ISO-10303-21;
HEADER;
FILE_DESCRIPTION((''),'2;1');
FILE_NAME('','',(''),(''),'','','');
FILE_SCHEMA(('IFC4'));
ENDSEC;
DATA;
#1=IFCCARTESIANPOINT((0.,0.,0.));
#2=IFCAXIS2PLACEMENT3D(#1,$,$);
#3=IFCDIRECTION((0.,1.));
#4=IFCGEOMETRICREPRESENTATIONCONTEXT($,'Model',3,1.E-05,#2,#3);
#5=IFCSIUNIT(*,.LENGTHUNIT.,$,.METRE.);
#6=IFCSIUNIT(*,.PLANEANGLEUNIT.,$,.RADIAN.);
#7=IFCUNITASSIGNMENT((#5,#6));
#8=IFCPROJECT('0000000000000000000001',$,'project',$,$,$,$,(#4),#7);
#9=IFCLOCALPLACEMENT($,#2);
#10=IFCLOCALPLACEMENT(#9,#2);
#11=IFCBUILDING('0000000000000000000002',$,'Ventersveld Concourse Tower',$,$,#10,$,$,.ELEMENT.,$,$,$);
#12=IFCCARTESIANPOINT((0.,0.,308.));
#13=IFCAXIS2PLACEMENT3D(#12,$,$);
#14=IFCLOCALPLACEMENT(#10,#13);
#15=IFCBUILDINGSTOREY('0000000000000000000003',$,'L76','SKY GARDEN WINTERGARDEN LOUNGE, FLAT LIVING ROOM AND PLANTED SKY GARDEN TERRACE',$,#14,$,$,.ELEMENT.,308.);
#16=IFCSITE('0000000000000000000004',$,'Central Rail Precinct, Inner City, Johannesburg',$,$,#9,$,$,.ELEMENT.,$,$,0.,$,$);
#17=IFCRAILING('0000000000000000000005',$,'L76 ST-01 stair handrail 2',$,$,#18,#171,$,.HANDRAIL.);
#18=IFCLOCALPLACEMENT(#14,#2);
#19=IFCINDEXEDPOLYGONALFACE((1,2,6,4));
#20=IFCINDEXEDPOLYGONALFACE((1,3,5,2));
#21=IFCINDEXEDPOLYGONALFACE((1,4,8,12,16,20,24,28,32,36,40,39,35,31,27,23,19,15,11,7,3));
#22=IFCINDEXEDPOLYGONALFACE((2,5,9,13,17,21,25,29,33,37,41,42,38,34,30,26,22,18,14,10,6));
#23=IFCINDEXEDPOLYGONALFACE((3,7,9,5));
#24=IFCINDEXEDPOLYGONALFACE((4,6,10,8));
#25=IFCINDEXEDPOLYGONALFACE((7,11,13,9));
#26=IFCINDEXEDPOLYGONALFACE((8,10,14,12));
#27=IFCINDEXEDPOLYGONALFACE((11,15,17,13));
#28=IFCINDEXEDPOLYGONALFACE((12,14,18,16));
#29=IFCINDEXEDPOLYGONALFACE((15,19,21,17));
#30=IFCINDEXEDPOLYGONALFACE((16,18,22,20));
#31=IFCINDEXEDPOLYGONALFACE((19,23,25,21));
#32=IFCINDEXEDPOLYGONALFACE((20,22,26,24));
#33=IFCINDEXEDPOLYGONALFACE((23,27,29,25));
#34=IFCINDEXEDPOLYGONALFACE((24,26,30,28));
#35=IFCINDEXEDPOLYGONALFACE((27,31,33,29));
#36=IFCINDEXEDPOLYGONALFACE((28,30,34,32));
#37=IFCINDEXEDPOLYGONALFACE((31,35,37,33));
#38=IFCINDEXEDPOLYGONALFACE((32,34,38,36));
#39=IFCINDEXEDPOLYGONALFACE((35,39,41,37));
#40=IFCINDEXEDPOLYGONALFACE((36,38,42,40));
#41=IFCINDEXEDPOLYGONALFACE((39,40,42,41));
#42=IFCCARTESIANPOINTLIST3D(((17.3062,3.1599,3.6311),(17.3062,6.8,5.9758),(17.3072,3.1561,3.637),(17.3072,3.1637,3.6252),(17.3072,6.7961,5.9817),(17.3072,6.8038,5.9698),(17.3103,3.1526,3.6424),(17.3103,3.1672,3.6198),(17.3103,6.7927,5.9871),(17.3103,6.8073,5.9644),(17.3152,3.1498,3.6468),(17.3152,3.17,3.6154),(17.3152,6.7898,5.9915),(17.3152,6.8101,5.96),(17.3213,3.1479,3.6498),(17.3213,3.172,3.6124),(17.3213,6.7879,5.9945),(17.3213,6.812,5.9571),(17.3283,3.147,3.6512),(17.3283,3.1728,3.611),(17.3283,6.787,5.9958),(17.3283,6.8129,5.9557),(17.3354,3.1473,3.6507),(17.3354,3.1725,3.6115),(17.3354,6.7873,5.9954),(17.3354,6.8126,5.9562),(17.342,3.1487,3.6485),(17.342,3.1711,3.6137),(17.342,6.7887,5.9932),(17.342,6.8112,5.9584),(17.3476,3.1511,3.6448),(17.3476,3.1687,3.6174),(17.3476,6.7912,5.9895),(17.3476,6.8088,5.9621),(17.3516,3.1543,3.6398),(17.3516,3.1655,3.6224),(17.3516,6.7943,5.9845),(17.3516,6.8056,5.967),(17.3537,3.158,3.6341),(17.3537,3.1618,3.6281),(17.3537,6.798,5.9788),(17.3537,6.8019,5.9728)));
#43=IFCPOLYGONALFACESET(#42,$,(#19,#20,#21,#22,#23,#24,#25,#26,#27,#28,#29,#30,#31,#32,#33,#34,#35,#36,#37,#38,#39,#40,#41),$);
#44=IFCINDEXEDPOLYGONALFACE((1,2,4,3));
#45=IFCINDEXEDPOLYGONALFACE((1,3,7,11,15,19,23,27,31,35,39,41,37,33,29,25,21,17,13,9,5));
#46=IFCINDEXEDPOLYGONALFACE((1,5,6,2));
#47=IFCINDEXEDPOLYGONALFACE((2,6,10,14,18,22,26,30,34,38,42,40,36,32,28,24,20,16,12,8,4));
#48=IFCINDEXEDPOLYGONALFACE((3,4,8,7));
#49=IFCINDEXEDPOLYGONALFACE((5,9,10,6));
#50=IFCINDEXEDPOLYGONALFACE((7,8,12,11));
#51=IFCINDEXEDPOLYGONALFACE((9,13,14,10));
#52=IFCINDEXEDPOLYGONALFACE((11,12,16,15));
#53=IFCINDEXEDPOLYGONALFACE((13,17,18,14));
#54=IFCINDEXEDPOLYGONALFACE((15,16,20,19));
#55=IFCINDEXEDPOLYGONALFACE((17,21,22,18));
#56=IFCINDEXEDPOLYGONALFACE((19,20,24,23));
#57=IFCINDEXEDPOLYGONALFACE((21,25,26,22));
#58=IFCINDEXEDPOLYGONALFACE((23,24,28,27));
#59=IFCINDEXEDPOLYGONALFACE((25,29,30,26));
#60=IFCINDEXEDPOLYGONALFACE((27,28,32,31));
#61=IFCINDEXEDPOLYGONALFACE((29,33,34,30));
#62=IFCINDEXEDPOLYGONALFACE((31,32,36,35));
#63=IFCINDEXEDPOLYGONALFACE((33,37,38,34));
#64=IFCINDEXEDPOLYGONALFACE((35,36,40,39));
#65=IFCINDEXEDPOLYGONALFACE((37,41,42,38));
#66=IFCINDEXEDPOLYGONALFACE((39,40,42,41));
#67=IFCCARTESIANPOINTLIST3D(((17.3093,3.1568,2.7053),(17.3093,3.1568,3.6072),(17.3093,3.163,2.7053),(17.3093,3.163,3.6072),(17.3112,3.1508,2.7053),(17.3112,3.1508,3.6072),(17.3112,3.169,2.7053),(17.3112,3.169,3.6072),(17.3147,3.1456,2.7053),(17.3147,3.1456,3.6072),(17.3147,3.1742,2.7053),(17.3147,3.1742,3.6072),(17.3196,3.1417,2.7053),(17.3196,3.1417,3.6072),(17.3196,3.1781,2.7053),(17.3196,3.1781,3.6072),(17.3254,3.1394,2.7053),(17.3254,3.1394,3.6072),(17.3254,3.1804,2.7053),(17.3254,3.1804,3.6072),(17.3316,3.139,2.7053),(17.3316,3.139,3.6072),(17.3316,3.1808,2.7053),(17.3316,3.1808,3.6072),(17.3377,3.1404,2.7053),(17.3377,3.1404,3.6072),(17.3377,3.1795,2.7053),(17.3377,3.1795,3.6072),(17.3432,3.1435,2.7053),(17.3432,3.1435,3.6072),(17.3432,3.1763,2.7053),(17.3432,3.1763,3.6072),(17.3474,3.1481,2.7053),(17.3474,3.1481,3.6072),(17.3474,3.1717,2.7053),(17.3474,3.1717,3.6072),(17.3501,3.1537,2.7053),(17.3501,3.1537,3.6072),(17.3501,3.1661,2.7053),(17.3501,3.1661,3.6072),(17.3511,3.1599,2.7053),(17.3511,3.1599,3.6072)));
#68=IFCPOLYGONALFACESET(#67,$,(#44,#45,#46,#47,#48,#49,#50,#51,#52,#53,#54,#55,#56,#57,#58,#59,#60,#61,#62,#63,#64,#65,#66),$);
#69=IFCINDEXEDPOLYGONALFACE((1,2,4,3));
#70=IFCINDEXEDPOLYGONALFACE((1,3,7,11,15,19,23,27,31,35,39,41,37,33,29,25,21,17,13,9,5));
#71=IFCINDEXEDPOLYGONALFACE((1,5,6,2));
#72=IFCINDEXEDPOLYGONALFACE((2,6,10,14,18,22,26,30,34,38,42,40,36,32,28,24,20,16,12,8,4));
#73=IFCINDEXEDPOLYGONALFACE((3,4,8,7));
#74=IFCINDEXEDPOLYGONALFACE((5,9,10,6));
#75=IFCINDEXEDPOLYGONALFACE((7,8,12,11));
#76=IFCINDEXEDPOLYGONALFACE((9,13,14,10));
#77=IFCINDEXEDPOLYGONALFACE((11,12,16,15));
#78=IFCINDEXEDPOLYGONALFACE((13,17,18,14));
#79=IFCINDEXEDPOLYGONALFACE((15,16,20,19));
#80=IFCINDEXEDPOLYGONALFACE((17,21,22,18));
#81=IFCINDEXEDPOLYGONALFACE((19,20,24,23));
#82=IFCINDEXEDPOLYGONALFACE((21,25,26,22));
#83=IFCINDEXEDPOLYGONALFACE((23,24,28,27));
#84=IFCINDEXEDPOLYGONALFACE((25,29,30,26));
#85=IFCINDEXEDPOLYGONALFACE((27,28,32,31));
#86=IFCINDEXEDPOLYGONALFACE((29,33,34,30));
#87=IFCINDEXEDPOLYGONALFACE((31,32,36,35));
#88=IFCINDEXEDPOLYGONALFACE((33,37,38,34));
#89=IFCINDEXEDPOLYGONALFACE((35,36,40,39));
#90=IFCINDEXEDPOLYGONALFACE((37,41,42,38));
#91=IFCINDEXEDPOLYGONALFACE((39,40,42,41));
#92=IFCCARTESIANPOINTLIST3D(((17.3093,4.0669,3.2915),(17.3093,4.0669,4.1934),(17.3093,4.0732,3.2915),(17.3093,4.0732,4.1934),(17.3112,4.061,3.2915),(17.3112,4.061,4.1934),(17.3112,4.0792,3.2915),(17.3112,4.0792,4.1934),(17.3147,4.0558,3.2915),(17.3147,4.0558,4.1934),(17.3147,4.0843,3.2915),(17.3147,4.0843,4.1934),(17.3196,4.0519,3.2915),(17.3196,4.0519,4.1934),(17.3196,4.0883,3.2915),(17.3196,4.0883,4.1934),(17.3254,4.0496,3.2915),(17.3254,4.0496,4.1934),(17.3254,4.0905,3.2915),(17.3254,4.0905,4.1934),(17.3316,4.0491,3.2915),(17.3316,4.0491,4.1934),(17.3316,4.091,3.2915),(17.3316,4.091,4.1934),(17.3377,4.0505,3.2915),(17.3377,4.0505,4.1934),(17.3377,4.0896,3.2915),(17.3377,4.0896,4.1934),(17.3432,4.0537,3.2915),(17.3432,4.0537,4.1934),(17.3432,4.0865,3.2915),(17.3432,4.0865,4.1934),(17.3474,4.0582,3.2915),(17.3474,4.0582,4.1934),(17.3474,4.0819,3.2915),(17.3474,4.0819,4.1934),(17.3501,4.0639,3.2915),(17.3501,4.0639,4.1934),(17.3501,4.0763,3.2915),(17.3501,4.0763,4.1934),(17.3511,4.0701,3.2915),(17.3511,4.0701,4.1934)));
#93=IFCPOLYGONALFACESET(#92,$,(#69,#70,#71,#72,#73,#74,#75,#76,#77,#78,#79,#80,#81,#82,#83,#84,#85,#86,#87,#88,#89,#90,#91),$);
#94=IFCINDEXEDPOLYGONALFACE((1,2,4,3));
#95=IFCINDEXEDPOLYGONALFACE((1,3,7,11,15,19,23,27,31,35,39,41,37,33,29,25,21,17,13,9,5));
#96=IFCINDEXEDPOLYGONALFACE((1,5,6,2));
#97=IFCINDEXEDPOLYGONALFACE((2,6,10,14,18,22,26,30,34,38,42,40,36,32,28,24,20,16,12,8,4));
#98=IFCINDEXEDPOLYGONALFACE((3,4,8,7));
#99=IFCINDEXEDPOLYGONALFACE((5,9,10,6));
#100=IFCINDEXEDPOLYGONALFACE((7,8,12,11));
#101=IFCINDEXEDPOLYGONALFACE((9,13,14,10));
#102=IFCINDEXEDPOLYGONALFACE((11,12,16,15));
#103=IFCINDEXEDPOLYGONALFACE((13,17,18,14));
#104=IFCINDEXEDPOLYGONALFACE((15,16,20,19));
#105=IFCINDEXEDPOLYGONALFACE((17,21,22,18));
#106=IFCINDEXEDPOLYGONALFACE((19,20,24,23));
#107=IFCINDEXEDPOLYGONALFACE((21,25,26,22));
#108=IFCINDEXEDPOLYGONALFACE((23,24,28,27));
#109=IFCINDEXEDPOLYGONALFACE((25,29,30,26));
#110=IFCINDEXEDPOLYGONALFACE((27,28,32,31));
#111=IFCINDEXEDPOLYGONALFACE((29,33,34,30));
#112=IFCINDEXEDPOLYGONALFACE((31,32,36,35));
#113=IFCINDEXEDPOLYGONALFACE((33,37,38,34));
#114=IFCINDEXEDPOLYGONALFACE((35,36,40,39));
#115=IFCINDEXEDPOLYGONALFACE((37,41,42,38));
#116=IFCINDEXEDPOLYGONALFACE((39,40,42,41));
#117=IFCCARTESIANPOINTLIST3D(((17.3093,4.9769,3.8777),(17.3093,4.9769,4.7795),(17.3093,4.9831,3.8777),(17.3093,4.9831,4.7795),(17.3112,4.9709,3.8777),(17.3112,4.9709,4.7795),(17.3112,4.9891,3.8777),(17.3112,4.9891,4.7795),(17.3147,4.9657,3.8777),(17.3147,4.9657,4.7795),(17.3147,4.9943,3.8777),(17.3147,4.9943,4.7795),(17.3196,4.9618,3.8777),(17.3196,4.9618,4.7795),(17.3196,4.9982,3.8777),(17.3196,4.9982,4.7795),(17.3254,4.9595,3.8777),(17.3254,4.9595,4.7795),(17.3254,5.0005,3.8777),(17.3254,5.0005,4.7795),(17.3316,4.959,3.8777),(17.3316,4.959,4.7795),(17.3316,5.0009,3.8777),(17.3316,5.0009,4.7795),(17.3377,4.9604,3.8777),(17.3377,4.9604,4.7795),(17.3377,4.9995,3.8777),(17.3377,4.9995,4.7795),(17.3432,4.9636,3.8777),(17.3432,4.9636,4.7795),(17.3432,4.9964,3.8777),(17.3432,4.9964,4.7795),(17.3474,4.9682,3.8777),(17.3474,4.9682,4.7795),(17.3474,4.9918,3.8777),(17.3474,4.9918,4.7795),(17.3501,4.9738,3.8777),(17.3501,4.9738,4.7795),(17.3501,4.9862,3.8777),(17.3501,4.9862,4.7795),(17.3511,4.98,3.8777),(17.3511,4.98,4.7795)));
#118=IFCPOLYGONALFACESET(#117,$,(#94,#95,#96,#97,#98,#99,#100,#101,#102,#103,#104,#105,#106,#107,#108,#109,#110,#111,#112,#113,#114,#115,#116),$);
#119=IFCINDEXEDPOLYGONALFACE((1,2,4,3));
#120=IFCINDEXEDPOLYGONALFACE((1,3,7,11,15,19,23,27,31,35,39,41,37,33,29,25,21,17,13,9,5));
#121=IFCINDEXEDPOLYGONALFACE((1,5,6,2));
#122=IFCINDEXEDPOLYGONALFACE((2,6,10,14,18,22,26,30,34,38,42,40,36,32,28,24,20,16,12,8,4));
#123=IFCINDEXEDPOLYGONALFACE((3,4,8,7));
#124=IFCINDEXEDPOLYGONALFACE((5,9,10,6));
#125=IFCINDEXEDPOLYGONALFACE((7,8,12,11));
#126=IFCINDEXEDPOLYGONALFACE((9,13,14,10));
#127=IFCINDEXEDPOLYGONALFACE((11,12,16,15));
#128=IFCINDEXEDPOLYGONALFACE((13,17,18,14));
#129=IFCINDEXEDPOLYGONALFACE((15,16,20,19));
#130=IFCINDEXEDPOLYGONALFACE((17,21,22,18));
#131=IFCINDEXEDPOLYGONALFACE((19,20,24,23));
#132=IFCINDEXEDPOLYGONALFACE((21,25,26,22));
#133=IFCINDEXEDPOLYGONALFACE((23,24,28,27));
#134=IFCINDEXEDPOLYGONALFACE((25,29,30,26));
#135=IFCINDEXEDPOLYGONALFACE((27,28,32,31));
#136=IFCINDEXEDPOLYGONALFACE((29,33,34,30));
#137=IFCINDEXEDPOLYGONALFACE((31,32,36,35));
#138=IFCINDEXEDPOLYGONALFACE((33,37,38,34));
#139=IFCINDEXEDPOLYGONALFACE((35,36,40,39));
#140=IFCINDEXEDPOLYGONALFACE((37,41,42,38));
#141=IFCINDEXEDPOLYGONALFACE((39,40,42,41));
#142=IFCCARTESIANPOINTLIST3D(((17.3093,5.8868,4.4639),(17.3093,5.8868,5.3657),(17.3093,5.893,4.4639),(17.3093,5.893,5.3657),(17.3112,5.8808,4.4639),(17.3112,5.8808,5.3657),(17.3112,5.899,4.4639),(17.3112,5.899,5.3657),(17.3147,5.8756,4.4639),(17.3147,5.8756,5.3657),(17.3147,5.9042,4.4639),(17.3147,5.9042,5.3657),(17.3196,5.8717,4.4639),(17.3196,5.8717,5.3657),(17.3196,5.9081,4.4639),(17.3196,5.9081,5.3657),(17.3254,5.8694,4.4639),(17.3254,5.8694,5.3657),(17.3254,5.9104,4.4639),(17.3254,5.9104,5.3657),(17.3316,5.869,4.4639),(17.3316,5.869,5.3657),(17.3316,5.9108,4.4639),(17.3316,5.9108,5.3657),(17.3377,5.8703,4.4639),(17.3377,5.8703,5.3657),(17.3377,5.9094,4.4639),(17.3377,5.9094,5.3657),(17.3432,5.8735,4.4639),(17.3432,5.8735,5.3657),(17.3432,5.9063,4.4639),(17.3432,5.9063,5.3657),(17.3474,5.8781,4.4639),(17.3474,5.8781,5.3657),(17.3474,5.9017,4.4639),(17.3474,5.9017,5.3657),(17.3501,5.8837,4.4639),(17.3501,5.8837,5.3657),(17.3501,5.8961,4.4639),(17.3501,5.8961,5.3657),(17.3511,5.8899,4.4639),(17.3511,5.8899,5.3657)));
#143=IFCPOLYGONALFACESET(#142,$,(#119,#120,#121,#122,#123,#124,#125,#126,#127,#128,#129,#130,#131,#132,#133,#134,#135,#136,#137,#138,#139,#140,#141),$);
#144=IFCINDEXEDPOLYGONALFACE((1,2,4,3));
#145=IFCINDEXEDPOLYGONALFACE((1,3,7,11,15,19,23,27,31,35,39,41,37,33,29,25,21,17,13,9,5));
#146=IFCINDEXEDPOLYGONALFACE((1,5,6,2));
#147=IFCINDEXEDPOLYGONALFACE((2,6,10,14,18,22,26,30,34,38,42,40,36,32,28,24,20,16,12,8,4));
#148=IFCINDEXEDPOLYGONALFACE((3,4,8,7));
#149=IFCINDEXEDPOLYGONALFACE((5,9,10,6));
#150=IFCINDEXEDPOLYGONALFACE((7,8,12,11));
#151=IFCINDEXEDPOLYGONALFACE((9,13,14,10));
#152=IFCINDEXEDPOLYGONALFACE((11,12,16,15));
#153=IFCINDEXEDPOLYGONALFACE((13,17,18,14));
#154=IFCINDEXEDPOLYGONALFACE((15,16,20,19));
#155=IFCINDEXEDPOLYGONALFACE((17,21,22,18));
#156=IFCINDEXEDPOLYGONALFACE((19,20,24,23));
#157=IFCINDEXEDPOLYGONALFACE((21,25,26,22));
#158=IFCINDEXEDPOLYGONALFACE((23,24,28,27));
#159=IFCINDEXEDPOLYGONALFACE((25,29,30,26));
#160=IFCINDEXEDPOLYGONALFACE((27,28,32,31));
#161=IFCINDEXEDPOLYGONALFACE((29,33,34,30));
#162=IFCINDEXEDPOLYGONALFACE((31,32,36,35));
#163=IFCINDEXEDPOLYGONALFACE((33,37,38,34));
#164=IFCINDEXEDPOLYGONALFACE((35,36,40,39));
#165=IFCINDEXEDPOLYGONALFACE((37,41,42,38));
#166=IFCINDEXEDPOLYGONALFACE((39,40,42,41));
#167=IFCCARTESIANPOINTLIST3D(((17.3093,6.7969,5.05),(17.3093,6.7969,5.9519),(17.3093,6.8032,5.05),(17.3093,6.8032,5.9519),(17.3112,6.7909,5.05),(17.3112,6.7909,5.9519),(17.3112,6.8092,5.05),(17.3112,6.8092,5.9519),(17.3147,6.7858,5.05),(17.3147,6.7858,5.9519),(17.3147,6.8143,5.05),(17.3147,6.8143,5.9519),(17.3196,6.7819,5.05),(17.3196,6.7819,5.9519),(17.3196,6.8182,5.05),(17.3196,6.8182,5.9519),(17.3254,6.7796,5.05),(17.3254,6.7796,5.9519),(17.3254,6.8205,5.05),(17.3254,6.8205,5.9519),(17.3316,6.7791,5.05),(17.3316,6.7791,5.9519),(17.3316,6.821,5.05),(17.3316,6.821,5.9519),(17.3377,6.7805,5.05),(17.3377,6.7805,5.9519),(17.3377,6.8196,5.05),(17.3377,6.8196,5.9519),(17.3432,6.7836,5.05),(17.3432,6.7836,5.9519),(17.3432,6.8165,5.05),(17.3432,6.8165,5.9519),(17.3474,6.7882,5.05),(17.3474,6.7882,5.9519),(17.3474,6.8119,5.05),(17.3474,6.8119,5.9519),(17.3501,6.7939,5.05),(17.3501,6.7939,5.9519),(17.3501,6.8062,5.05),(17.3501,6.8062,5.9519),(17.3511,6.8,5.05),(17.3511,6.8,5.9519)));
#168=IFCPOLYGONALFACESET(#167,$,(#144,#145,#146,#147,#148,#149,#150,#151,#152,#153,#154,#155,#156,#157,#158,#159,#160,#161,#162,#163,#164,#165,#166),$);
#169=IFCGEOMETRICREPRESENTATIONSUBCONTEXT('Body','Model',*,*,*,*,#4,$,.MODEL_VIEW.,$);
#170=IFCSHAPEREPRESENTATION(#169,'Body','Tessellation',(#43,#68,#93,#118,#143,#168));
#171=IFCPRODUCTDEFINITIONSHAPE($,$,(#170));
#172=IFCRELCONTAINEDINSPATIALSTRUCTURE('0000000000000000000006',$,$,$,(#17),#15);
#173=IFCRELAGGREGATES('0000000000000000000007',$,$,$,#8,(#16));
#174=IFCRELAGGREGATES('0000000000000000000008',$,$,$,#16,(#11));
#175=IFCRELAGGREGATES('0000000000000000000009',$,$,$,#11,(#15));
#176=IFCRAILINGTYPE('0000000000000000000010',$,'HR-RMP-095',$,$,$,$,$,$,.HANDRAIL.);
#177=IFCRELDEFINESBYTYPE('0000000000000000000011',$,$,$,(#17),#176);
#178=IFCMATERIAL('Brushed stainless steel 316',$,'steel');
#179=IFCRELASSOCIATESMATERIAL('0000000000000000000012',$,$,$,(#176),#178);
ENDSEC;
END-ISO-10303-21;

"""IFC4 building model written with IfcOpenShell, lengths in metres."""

from ifc_helpers import new_model, si_unit, direction, frame, origin, origin_2d, place, context, subcontext, project, spatial, circle, extrude, material, type_object, element, save


model = new_model("IFC4")

# Units and contexts
model_context = context("Model", 3, precision=1e-05, world=origin(), true_north=direction((0.0, 1.0)))
body_context = subcontext(model_context, "Body", "Model", "MODEL_VIEW")
ifc_project = project(units=[si_unit("LENGTHUNIT", "METRE"), si_unit("PLANEANGLEUNIT", "RADIAN")], contexts=[model_context])

# Site, building, storey
site_placement = place(None, origin())
site = spatial("IfcSite", under=ifc_project, at=site_placement, Name="Central Rail Precinct, Inner City, Johannesburg", CompositionType="ELEMENT", RefElevation=0.0)
building_placement = place(site_placement, origin())
building = spatial("IfcBuilding", under=site, at=building_placement, Name="Ventersveld Concourse Tower", CompositionType="ELEMENT")
storey_placement = place(building_placement, frame((0.0, 0.0, 308.0)))
storey = spatial("IfcBuildingStorey", under=building, at=storey_placement, Name="L76", Description="SKY GARDEN WINTERGARDEN LOUNGE, FLAT LIVING ROOM AND PLANTED SKY GARDEN TERRACE", CompositionType="ELEMENT", Elevation=308.0)

# Shared definitions
ifc_material_1 = material(Name="Brushed stainless steel 316", Category="steel")

# Railing
railing_type_1 = type_object("IfcRailingType", Name="HR-RMP-095", PredefinedType="HANDRAIL", material=ifc_material_1)
railing_1_placement = place(storey_placement, frame((17.3301, 3.1599, 2.7053)))
element("IfcRailing", 1, at=railing_1_placement, inside=storey, type_object=railing_type_1, Name="L76 ST-01 stair handrail 2", PredefinedType="HANDRAIL", context=body_context, shape_type="SweptSolid", body=[
    extrude(circle(Radius=0.0239, at=origin_2d()), frame((0.0, 0.0, 0.9258), z_axis=(0.0, 0.840691, 0.541515), x_axis=(-1.0, 0.0, 0.0)), (0.0, 0.0, 1.0), 4.3298),
    extrude(circle(Radius=0.021, at=origin_2d()), origin(), (0.0, 0.0, 1.0), 0.9019),
    extrude(circle(Radius=0.021, at=origin_2d()), frame((0.0, 0.9102, 0.5862)), (0.0, 0.0, 1.0), 0.9019),
    extrude(circle(Radius=0.021, at=origin_2d()), frame((0.0, 1.8201, 1.1724)), (0.0, 0.0, 1.0), 0.9019),
    extrude(circle(Radius=0.021, at=origin_2d()), frame((0.0, 2.73, 1.7585)), (0.0, 0.0, 1.0), 0.9019),
    extrude(circle(Radius=0.021, at=origin_2d()), frame((0.0, 3.6401, 2.3447)), (0.0, 0.0, 1.0), 0.9019),
])

save(model, "model.ifc")
